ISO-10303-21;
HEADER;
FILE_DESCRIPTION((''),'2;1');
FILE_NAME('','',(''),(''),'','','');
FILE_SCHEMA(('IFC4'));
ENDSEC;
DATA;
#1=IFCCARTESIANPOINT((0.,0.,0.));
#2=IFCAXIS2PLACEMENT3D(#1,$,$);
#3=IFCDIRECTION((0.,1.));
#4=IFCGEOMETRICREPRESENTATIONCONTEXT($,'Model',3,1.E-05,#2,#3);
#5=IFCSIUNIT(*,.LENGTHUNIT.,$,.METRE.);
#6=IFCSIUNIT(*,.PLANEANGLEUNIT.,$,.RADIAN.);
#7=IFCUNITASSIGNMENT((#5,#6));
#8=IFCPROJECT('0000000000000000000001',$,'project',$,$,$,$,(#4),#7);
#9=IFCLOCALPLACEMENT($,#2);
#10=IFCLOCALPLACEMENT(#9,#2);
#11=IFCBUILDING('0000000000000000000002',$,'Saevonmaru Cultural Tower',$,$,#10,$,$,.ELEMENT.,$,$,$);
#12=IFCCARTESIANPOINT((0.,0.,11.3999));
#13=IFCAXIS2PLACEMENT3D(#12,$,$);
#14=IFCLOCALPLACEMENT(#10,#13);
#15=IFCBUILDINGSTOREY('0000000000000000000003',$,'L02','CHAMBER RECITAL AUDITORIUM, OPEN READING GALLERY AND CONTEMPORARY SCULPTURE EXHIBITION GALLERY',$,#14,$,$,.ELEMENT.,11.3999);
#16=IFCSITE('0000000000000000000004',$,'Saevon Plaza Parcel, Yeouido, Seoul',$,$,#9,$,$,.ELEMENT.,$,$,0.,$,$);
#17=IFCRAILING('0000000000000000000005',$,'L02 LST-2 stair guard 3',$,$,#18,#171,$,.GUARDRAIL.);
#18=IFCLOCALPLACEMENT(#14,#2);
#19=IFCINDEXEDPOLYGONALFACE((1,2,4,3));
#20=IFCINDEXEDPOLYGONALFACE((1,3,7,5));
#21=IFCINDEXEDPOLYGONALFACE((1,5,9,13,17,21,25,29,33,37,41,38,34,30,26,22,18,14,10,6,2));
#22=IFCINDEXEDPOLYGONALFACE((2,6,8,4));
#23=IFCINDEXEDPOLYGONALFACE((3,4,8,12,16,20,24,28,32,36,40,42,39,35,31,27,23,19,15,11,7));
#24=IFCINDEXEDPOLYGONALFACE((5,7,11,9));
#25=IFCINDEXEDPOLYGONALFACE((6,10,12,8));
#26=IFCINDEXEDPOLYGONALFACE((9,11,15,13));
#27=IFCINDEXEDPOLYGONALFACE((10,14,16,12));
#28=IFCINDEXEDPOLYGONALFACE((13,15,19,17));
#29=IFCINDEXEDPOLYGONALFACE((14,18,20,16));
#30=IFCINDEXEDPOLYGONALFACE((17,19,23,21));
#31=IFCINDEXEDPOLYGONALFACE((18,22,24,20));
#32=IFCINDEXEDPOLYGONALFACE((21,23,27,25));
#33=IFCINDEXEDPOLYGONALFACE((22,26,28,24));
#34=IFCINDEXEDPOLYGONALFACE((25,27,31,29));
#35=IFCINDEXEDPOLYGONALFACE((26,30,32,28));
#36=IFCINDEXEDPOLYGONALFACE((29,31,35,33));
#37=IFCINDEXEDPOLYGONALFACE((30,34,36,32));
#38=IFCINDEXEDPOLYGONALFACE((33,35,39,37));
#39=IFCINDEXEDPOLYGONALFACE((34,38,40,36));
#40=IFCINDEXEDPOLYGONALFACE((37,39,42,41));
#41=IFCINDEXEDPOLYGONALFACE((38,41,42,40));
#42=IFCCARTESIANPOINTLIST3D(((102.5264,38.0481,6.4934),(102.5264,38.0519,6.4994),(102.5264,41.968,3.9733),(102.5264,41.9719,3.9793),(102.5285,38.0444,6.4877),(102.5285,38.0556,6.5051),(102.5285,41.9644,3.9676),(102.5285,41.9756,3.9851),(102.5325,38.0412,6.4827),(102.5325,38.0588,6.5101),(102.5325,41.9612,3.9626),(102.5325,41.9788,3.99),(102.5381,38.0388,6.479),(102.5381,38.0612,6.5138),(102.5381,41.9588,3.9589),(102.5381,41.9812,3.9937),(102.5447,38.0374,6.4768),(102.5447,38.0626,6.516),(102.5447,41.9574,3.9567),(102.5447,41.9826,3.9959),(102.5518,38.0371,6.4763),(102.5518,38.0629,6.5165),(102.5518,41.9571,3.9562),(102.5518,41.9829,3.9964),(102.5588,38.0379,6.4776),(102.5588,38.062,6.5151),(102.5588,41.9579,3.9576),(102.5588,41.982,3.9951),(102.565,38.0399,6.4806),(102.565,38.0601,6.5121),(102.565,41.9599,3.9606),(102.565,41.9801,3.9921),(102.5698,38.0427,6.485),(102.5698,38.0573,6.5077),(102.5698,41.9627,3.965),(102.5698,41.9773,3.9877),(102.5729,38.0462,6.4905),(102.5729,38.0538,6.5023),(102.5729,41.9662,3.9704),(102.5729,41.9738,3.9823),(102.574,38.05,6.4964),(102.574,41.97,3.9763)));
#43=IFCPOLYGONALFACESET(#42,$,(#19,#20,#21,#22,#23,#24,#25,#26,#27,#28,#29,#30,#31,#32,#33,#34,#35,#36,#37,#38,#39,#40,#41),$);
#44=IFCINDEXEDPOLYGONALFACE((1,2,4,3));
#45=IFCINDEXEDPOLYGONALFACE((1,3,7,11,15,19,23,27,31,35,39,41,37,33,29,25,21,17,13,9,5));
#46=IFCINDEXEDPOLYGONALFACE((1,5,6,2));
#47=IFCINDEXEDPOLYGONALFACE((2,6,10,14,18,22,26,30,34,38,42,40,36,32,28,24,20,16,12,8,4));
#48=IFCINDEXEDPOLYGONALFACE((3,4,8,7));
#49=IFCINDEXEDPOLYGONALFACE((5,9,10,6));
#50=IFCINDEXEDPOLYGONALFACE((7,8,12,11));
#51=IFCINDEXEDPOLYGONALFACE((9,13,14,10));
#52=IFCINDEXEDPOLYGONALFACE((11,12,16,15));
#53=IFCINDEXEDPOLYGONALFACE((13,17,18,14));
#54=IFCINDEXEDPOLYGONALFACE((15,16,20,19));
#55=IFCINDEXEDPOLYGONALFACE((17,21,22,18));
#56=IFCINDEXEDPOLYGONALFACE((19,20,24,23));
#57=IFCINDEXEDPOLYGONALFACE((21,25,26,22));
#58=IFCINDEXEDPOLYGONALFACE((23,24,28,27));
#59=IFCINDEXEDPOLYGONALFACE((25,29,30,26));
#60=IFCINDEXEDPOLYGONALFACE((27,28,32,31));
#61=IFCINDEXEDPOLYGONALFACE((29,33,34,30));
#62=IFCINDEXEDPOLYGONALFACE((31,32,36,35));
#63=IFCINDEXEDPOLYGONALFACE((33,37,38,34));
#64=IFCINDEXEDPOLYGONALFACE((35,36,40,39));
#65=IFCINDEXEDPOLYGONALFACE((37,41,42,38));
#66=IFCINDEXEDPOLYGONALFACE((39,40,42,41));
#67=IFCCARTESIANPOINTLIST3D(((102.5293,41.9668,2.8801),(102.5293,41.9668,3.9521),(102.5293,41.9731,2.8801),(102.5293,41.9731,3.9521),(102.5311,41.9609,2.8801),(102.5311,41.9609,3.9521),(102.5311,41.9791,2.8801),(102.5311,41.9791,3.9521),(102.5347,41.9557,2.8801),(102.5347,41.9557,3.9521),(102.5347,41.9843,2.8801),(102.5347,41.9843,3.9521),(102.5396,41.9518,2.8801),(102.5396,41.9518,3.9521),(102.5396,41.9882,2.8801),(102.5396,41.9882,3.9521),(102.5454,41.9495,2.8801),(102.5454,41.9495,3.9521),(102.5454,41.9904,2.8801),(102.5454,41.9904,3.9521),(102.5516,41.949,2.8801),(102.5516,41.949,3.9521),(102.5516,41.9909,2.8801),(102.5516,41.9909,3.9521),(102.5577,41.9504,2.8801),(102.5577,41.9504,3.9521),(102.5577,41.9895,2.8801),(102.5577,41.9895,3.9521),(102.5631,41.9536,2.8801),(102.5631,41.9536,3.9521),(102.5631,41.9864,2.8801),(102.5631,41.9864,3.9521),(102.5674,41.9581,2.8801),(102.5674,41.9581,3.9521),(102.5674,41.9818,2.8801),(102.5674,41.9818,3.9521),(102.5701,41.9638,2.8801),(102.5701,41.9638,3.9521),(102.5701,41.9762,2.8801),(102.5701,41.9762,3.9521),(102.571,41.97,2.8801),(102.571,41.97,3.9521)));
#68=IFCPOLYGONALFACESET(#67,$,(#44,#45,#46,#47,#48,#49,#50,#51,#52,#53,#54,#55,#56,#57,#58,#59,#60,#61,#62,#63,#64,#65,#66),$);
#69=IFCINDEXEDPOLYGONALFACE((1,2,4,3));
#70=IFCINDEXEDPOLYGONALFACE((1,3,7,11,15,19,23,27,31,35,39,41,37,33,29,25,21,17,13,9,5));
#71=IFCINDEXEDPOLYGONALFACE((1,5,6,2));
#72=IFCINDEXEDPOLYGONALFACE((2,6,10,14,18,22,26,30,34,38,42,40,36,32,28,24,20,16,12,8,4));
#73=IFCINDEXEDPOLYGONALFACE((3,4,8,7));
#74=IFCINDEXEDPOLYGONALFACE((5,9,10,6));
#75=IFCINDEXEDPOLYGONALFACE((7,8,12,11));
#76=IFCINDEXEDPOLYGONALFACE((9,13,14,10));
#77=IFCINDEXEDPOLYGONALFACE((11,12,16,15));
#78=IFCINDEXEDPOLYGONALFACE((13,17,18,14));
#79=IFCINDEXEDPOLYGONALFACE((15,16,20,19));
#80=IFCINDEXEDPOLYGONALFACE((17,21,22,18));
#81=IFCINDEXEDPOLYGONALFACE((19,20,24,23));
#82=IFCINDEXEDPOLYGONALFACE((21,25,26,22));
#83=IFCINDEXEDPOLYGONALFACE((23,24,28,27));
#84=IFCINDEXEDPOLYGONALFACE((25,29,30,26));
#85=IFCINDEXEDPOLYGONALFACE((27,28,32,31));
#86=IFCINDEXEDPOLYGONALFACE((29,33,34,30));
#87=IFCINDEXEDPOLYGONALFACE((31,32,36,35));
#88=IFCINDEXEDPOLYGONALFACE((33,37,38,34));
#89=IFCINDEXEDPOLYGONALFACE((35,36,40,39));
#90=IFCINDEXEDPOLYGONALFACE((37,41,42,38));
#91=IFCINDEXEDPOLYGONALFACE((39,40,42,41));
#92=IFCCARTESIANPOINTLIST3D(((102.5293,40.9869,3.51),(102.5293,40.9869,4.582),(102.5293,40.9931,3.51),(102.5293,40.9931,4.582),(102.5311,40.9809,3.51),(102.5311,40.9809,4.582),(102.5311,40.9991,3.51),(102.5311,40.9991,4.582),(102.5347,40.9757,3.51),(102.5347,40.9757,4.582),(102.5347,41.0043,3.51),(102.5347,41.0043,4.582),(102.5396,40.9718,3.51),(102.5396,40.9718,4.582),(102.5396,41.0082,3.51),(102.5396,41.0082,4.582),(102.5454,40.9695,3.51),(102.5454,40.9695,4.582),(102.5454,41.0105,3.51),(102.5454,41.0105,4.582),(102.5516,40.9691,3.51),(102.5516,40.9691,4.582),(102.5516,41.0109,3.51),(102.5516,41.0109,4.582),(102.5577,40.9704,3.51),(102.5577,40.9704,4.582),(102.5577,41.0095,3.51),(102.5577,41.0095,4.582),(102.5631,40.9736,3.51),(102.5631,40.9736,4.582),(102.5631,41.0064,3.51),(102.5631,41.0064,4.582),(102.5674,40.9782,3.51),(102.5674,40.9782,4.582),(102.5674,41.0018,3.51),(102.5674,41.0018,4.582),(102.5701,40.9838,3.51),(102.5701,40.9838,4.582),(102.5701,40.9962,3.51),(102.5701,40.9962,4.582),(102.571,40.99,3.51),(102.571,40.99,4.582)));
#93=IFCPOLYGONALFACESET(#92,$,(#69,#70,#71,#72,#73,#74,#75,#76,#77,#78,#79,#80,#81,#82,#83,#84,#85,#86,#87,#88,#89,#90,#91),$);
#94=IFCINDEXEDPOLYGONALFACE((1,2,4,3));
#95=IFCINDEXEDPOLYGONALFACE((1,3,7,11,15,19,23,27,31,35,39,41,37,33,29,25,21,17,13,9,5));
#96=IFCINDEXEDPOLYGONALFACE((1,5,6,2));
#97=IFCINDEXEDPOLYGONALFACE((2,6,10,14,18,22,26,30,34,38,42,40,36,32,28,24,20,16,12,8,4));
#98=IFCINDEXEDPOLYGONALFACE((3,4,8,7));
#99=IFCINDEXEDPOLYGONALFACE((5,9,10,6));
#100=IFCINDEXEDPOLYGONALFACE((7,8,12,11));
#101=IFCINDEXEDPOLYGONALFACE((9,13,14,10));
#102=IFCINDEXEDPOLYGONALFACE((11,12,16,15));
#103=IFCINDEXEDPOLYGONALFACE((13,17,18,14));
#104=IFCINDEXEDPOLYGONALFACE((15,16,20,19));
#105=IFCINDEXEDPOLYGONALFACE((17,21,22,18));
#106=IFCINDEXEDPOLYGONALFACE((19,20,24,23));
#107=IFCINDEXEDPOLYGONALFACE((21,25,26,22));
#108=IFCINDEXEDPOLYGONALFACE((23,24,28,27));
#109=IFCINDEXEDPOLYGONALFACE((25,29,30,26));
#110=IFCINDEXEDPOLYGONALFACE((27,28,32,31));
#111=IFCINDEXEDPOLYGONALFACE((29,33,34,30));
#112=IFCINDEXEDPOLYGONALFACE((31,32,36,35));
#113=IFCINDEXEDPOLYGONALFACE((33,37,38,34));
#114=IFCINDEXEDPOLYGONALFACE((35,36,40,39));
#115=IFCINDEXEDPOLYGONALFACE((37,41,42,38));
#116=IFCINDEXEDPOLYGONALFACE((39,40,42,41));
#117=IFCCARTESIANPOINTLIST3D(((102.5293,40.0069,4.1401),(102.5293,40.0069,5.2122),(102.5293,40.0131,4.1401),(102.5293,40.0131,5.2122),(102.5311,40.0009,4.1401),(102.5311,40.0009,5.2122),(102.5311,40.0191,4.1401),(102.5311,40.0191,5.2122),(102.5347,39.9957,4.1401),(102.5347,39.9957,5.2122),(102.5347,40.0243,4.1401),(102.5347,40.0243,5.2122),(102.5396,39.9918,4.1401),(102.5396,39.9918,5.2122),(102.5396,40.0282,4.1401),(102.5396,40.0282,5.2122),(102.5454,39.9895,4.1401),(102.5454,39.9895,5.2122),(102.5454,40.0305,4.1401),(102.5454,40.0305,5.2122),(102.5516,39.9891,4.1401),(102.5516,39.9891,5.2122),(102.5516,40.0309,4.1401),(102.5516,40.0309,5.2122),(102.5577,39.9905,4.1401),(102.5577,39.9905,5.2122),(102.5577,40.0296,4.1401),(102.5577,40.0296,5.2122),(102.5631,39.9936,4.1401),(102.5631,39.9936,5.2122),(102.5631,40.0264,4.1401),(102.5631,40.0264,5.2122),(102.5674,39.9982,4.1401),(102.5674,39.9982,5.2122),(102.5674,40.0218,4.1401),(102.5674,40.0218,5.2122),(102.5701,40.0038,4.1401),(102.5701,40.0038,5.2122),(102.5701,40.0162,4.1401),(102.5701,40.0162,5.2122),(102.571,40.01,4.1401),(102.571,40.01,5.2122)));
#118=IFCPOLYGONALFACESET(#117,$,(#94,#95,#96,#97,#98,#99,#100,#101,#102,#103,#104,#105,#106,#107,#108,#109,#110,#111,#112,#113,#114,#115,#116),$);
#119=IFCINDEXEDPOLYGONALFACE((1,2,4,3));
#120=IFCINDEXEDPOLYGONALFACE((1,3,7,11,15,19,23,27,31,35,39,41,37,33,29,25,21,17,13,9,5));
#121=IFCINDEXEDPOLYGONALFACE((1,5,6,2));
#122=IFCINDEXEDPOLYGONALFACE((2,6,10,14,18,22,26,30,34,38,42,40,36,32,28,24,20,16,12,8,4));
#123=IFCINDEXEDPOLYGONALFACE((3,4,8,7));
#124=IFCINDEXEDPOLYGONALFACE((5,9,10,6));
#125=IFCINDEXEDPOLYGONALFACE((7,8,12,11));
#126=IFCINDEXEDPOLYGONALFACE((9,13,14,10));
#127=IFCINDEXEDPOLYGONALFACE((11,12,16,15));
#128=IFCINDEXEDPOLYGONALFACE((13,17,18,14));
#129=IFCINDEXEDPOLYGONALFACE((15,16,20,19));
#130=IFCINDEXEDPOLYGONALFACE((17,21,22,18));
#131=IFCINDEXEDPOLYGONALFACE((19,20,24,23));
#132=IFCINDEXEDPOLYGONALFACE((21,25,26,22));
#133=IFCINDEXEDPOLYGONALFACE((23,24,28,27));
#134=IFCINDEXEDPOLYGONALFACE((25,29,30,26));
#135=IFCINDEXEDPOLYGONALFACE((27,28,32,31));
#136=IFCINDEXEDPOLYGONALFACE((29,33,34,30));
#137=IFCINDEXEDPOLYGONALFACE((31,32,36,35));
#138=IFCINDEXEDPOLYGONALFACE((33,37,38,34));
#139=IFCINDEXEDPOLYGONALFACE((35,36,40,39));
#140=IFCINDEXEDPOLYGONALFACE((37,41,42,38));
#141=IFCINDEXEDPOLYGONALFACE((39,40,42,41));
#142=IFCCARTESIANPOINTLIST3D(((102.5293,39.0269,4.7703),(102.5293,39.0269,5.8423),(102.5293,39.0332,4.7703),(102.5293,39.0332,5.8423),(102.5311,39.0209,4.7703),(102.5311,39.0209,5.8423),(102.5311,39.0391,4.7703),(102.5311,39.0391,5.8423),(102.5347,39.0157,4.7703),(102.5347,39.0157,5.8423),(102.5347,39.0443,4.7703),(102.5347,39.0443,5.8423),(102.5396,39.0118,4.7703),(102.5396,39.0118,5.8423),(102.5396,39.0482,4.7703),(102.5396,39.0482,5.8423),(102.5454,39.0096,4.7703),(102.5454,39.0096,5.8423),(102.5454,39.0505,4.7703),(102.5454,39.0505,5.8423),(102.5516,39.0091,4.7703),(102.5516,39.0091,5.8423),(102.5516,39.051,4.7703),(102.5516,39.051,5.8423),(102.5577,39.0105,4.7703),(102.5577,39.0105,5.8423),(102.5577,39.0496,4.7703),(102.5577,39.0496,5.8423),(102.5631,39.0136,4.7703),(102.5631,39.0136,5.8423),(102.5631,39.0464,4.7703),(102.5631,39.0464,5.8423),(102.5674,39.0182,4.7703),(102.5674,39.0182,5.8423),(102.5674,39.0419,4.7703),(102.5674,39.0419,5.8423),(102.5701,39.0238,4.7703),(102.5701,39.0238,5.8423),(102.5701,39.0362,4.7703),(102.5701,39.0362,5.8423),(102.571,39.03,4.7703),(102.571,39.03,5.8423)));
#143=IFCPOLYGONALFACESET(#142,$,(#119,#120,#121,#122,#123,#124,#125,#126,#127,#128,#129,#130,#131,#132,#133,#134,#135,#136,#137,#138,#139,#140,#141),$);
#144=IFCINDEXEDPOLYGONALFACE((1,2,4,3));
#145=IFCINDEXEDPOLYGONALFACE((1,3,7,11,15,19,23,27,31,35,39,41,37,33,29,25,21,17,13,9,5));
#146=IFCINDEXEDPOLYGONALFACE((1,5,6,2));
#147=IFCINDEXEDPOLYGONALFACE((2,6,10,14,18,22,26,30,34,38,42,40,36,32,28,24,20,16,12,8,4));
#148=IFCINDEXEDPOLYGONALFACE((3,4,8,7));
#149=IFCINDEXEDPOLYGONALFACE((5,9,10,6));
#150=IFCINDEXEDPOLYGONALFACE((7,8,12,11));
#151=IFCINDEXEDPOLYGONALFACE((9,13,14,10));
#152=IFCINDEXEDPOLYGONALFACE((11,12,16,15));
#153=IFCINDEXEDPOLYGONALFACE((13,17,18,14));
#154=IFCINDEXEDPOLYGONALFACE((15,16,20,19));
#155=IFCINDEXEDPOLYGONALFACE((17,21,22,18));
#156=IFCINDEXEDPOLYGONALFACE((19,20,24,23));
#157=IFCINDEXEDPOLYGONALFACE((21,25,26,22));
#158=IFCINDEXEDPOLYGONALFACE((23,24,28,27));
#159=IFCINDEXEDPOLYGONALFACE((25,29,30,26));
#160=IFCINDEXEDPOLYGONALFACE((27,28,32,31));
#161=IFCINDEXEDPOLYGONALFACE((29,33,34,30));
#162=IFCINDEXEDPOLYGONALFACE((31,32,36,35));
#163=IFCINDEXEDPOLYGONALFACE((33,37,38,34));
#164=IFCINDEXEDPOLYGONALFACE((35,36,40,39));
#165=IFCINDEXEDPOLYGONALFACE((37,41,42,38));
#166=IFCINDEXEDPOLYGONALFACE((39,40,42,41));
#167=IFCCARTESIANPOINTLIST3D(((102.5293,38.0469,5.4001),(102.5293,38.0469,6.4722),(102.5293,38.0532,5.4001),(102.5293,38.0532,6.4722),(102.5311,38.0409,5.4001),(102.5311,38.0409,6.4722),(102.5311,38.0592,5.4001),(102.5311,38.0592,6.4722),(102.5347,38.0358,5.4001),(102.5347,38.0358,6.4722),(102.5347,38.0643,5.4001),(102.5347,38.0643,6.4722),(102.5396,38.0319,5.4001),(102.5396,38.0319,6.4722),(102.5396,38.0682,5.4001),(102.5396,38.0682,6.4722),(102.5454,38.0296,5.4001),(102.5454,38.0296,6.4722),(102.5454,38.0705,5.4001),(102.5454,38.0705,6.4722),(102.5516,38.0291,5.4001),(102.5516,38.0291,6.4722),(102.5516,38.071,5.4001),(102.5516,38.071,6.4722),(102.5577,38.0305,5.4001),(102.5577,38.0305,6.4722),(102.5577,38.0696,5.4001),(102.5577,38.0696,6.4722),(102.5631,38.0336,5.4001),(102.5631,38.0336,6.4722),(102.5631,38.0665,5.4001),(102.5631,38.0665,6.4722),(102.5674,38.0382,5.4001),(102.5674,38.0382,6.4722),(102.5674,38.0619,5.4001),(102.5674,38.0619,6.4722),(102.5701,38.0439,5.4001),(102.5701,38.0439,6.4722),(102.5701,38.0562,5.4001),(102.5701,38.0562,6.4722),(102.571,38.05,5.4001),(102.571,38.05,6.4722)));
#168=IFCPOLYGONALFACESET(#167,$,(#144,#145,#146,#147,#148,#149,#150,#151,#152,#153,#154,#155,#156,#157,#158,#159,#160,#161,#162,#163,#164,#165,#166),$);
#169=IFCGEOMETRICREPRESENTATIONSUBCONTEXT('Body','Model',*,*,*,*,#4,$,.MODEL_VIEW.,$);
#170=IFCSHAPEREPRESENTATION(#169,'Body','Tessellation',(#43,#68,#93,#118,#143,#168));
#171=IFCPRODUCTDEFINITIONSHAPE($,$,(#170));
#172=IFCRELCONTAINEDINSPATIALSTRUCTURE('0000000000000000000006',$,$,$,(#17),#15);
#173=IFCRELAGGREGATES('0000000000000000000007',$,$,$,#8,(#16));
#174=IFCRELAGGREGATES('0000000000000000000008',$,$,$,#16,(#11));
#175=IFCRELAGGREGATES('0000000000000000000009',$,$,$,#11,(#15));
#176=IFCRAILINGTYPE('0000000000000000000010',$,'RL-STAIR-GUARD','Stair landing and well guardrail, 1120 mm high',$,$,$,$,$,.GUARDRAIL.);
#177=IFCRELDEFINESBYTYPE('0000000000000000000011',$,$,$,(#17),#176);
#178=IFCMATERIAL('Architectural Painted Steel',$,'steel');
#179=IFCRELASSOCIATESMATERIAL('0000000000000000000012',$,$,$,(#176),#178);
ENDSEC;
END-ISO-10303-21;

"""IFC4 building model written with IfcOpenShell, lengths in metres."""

from ifc_helpers import new_model, si_unit, direction, frame, origin, origin_2d, place, context, subcontext, project, spatial, circle, extrude, material, type_object, element, save


model = new_model("IFC4")

# Units and contexts
model_context = context("Model", 3, precision=1e-05, world=origin(), true_north=direction((0.0, 1.0)))
body_context = subcontext(model_context, "Body", "Model", "MODEL_VIEW")
ifc_project = project(units=[si_unit("LENGTHUNIT", "METRE"), si_unit("PLANEANGLEUNIT", "RADIAN")], contexts=[model_context])

# Site, building, storey
site_placement = place(None, origin())
site = spatial("IfcSite", under=ifc_project, at=site_placement, Name="Saevon Plaza Parcel, Yeouido, Seoul", CompositionType="ELEMENT", RefElevation=0.0)
building_placement = place(site_placement, origin())
building = spatial("IfcBuilding", under=site, at=building_placement, Name="Saevonmaru Cultural Tower", CompositionType="ELEMENT")
storey_placement = place(building_placement, frame((0.0, 0.0, 11.3999)))
storey = spatial("IfcBuildingStorey", under=building, at=storey_placement, Name="L02", Description="CHAMBER RECITAL AUDITORIUM, OPEN READING GALLERY AND CONTEMPORARY SCULPTURE EXHIBITION GALLERY", CompositionType="ELEMENT", Elevation=11.3999)

# Railing
ifc_material_1 = material(Name="Architectural Painted Steel", Category="steel")
railing_type_1 = type_object("IfcRailingType", Name="RL-STAIR-GUARD", Description="Stair landing and well guardrail, 1120 mm high", PredefinedType="GUARDRAIL", material=ifc_material_1)
railing_1_placement = place(storey_placement, frame((102.55, 41.97, 2.8801)))
element("IfcRailing", 1, at=railing_1_placement, inside=storey, type_object=railing_type_1, Name="L02 LST-2 stair guard 3", PredefinedType="GUARDRAIL", context=body_context, shape_type="SweptSolid", body=[
    extrude(circle(Radius=0.0239, at=origin_2d()), frame((0.0, 0.0, 1.0962), z_axis=(0.0, -0.841172, 0.540768), x_axis=(1.0, 0.0, 0.0)), (0.0, 0.0, 1.0), 4.6602),
    extrude(circle(Radius=0.021, at=origin_2d()), origin(), (0.0, 0.0, 1.0), 1.072),
    extrude(circle(Radius=0.021, at=origin_2d()), frame((0.0, -0.98, 0.6299)), (0.0, 0.0, 1.0), 1.072),
    extrude(circle(Radius=0.021, at=origin_2d()), frame((0.0, -1.96, 1.26)), (0.0, 0.0, 1.0), 1.072),
    extrude(circle(Radius=0.021, at=origin_2d()), frame((0.0, -2.9399, 1.8901)), (0.0, 0.0, 1.0), 1.072),
    extrude(circle(Radius=0.021, at=origin_2d()), frame((0.0, -3.9199, 2.52)), (0.0, 0.0, 1.0), 1.072),
])

save(model, "model.ifc")
